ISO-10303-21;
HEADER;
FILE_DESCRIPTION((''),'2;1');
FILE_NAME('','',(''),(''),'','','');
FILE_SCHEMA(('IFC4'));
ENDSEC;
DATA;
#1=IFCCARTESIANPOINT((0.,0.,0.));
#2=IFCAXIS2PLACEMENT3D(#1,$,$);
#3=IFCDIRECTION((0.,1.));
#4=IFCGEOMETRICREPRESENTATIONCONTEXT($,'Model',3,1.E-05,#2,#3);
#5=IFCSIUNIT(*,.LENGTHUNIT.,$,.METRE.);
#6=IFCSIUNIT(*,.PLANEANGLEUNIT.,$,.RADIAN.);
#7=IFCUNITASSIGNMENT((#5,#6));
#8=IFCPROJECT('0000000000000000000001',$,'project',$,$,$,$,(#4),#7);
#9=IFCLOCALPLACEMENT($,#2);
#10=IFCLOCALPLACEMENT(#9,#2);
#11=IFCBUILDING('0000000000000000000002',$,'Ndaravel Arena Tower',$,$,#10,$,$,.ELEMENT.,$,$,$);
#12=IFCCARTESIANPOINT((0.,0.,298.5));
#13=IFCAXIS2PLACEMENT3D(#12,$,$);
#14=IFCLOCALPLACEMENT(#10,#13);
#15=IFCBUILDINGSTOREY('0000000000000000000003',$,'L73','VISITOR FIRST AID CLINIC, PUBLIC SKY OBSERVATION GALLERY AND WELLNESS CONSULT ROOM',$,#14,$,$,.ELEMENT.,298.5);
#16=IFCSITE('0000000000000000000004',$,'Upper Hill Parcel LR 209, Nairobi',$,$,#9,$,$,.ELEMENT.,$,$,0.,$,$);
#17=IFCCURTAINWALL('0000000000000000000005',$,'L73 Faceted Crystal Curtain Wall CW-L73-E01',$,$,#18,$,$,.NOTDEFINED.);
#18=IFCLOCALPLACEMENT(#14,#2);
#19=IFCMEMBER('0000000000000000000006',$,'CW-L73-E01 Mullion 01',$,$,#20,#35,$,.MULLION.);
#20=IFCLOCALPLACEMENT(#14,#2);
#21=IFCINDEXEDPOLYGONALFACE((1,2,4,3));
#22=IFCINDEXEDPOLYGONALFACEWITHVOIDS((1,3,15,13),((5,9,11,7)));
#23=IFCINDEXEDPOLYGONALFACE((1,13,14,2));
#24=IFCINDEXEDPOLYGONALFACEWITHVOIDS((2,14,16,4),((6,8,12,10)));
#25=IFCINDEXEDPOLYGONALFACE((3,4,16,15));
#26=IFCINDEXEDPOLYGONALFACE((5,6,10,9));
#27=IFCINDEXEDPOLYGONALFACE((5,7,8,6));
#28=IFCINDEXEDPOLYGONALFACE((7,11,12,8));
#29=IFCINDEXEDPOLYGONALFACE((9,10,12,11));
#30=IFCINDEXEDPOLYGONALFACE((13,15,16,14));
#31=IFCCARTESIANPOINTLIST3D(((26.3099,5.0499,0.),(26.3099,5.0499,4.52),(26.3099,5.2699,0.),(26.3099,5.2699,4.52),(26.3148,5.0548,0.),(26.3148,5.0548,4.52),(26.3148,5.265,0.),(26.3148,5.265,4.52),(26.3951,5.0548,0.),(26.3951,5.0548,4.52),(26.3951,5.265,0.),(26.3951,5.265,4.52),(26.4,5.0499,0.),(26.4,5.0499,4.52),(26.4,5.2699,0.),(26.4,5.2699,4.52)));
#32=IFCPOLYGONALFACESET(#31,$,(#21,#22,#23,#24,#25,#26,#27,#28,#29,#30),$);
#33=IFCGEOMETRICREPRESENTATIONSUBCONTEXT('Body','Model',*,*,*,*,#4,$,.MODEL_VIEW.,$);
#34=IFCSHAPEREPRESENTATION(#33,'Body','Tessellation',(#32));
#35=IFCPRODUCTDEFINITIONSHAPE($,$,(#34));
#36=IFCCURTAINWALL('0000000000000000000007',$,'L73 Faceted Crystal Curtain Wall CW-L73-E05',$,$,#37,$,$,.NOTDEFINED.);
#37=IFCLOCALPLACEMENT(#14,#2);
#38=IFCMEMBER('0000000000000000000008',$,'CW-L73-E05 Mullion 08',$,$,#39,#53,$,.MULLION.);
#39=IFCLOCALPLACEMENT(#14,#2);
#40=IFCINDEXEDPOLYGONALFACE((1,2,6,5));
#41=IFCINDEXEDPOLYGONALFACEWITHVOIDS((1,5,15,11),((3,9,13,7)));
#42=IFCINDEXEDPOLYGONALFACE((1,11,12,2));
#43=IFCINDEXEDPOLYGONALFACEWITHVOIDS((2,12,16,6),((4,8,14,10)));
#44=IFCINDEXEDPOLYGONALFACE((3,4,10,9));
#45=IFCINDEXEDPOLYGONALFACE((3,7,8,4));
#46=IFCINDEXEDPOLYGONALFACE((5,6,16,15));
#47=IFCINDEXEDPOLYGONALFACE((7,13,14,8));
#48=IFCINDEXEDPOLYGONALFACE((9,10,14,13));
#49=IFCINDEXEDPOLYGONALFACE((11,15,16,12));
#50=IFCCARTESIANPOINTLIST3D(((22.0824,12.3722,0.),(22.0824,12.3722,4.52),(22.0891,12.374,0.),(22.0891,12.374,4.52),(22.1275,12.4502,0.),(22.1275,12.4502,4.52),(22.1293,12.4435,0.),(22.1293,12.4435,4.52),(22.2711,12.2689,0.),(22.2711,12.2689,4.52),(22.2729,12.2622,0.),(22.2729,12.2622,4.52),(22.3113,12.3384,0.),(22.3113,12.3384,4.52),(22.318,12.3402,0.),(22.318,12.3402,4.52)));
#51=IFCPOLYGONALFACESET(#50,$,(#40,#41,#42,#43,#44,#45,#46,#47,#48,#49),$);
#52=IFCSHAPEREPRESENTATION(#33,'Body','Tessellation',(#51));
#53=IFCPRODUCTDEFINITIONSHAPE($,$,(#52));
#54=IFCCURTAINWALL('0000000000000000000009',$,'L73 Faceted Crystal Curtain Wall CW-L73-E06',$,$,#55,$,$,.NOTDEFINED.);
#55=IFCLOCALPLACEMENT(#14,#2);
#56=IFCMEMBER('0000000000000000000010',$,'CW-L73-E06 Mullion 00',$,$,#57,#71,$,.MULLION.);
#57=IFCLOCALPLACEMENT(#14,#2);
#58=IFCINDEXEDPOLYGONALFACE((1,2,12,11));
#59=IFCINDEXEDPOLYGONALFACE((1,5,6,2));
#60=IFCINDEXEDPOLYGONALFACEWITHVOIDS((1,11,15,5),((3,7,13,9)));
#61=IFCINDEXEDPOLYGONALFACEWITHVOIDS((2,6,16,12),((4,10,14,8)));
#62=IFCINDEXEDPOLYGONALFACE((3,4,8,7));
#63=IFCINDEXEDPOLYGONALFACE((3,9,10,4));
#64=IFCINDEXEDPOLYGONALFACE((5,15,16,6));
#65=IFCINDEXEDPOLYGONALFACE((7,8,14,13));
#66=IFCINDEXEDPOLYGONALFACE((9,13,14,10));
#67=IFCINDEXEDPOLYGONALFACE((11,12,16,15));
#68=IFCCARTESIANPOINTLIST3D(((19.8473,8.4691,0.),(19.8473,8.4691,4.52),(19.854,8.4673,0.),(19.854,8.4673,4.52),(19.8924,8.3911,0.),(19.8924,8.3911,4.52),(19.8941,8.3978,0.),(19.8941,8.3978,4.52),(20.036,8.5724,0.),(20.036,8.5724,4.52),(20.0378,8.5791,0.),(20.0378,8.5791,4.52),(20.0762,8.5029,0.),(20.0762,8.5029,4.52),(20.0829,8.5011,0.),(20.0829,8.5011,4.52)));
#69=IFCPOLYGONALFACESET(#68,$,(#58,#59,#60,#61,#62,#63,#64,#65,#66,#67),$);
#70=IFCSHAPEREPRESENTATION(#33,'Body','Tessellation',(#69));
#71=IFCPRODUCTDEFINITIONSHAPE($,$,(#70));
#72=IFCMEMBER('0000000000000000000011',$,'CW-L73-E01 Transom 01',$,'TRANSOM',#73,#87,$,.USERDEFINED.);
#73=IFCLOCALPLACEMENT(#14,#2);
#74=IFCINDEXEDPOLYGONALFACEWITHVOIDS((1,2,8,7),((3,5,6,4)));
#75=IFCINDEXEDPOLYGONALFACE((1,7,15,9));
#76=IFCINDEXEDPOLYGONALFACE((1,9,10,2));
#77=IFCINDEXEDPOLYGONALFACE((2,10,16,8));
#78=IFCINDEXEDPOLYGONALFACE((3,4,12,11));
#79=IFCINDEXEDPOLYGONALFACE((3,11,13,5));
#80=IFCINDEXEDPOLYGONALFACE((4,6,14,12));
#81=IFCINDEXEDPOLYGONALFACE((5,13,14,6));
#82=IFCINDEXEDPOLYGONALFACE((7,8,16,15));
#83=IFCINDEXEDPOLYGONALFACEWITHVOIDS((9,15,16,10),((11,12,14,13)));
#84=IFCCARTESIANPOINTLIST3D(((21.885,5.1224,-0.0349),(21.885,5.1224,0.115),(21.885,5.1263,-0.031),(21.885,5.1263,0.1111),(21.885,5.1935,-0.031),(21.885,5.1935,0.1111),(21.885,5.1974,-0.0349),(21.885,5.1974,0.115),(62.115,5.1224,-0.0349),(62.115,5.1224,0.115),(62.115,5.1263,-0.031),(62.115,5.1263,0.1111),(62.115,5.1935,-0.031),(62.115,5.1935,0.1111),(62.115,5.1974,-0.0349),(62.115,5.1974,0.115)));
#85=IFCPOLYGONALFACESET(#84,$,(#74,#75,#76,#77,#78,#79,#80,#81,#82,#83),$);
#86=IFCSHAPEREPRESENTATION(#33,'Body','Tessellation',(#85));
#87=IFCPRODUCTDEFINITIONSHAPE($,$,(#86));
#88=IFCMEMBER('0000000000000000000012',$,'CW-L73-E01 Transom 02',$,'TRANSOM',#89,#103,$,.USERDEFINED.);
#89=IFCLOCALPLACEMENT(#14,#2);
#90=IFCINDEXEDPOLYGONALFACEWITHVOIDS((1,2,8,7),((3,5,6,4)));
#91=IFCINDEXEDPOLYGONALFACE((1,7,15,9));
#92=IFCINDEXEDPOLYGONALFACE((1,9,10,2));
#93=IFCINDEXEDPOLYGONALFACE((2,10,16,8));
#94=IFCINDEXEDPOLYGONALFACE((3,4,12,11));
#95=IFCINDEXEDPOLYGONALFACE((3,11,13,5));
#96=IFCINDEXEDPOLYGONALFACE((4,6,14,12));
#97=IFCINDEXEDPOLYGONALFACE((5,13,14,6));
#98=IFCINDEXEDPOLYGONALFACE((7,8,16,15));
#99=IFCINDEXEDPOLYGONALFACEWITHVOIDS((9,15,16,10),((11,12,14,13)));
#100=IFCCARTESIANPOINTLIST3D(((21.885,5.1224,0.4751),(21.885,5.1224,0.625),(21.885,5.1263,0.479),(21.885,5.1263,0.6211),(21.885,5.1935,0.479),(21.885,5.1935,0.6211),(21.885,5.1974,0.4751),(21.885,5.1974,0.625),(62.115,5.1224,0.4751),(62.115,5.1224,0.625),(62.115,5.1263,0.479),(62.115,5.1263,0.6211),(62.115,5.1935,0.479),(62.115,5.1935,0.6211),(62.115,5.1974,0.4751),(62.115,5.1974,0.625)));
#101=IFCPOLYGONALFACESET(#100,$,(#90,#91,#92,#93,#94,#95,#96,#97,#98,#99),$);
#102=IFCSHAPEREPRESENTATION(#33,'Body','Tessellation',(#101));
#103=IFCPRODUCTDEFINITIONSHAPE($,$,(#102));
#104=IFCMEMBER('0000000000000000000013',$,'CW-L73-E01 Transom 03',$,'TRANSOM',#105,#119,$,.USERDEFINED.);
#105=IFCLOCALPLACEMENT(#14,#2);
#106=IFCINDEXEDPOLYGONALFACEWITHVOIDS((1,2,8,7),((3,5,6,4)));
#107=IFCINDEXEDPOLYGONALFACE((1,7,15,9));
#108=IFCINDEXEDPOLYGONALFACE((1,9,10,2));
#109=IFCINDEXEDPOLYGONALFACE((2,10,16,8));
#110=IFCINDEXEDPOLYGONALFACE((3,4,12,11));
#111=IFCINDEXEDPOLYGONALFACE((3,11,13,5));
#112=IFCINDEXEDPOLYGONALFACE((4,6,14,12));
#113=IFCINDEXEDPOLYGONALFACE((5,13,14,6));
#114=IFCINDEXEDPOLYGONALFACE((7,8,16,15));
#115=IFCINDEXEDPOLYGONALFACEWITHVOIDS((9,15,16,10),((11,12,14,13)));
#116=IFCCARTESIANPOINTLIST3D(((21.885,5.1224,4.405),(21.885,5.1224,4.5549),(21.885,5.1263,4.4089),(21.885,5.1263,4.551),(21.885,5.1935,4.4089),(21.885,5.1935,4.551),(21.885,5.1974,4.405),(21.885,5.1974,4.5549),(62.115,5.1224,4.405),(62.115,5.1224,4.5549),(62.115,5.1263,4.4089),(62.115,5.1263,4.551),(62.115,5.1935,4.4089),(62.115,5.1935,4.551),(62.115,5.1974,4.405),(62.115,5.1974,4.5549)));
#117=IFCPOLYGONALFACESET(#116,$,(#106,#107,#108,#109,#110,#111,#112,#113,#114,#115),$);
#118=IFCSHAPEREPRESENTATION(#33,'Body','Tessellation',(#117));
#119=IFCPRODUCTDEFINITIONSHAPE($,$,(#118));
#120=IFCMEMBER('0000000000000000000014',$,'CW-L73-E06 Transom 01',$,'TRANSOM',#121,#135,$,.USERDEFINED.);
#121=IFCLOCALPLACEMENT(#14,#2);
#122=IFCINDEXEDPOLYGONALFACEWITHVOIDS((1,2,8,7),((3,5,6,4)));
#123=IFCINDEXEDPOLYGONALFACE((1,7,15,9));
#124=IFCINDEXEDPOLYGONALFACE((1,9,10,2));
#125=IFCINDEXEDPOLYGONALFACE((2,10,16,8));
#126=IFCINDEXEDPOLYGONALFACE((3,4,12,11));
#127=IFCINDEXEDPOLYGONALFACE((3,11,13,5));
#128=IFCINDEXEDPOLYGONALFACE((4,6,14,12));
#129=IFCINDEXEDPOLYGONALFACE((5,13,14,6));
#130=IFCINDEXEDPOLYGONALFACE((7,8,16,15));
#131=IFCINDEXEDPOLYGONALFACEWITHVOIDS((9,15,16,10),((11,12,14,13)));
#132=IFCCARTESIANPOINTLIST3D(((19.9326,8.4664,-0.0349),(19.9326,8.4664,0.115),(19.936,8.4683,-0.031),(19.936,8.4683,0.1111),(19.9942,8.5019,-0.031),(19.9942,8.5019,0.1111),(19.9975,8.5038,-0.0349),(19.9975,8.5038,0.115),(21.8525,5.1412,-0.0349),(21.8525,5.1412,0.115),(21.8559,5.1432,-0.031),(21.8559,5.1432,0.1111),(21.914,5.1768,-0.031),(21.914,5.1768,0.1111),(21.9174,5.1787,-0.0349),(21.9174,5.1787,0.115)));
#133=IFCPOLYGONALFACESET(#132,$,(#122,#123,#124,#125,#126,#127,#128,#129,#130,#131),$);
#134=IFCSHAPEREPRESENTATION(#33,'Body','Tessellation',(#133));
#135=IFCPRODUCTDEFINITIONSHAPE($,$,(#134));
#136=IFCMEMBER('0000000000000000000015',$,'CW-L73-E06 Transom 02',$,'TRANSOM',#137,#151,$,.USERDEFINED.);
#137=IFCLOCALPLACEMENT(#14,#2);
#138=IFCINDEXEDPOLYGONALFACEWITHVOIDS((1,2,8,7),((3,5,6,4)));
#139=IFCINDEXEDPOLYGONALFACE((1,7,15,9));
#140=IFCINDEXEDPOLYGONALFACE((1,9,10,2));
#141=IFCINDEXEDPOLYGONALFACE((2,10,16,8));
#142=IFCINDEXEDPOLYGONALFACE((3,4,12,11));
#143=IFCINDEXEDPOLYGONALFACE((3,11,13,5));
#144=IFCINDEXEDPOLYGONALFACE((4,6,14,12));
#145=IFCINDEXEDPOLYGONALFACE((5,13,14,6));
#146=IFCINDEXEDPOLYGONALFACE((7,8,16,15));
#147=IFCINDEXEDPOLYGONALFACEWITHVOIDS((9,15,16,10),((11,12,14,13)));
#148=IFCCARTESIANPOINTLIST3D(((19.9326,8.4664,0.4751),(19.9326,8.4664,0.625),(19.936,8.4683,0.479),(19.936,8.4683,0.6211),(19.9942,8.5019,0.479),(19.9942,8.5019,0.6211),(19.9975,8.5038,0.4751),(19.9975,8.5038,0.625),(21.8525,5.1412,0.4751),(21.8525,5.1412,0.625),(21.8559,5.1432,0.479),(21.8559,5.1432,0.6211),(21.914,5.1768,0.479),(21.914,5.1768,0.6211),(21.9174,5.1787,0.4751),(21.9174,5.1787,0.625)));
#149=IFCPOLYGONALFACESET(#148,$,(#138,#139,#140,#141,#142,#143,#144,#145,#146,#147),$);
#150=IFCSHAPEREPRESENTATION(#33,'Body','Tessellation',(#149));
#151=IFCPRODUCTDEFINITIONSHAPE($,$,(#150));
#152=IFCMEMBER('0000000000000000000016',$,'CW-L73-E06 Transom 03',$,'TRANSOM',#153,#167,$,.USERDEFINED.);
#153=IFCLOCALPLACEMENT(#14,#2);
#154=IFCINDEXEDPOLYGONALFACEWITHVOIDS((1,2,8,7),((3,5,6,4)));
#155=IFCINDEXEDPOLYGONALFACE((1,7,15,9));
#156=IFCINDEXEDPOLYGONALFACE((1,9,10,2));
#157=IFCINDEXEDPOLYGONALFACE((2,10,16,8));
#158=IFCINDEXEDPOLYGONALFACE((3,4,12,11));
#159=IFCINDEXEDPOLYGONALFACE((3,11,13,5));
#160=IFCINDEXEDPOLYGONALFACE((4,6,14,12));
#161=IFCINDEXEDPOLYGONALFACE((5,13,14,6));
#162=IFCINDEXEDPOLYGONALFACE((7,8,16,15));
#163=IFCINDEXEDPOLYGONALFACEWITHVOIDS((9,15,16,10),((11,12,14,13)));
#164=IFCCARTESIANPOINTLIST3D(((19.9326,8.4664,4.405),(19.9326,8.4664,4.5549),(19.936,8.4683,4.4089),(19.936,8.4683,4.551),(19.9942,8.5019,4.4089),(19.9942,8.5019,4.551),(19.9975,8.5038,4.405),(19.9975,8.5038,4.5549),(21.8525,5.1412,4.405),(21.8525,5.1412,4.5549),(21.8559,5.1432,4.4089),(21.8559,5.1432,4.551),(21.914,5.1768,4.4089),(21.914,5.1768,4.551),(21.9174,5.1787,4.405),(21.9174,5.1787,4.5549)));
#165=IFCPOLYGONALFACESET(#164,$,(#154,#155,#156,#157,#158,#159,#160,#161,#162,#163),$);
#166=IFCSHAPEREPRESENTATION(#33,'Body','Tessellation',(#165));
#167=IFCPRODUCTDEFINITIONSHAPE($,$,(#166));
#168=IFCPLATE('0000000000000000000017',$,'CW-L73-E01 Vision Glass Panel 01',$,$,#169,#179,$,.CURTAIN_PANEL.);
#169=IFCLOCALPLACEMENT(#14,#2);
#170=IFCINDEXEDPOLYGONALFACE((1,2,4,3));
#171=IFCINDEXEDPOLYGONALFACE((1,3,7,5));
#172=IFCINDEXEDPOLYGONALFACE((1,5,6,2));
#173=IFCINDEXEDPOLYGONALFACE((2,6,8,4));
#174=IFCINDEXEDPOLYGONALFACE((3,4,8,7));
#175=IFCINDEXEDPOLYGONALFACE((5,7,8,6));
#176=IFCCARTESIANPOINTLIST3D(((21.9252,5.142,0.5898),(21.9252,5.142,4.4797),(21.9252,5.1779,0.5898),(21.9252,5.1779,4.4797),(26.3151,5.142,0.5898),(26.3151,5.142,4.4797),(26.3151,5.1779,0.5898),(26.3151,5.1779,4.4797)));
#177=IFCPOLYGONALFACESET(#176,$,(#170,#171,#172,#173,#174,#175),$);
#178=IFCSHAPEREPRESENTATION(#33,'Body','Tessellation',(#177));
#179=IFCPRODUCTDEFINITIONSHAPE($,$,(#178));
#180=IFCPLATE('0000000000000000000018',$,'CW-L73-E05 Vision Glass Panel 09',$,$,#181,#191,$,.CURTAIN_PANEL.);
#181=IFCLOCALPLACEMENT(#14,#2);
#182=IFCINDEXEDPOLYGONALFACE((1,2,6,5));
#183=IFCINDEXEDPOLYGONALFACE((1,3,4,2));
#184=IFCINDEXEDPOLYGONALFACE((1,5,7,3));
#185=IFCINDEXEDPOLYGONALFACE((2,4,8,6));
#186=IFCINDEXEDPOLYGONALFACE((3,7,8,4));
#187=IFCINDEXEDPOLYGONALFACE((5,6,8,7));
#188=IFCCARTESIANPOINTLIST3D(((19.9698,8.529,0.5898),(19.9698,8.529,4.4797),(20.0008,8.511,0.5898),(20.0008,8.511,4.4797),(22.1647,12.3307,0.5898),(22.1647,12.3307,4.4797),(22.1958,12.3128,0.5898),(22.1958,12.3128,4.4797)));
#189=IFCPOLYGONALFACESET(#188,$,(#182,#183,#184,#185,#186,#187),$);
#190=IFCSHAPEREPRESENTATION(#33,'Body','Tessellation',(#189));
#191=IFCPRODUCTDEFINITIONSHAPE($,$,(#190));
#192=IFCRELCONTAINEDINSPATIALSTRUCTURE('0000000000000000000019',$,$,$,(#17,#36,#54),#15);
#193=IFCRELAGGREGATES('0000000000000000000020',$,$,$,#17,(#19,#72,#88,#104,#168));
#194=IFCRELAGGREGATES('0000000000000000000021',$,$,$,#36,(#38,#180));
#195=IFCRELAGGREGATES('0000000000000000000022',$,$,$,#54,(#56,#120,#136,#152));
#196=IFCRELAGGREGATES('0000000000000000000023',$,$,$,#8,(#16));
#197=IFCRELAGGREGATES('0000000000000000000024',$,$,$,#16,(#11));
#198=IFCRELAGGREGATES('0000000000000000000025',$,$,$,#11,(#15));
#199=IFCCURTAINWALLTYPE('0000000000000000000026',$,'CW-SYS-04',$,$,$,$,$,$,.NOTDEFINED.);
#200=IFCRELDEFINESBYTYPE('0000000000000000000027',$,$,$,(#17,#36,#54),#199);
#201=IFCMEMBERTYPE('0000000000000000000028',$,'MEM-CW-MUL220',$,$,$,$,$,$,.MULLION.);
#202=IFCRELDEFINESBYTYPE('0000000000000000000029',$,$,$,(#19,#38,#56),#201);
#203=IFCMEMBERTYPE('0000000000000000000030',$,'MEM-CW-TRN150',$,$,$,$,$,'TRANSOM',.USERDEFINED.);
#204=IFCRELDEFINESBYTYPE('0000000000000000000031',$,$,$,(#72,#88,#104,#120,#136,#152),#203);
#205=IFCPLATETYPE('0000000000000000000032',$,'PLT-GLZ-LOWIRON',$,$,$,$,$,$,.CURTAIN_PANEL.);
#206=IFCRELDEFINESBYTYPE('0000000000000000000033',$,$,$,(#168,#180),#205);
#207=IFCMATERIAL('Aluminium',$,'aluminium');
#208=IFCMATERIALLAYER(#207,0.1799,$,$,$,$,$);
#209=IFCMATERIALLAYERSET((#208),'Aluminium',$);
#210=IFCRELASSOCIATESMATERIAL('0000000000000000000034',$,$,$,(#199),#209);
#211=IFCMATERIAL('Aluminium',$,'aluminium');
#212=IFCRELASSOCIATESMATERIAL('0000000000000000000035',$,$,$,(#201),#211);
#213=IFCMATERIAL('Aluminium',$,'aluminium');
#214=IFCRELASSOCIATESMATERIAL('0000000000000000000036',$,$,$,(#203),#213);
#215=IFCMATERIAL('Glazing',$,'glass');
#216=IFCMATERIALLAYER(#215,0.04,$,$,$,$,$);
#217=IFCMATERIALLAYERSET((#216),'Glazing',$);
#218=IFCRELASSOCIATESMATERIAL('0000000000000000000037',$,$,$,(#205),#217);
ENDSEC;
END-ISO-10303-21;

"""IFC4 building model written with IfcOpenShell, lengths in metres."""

from ifc_helpers import new_model, si_unit, direction, frame, origin, origin_2d, place, context, subcontext, project, spatial, rectangle, hollow_rectangle, extrude, material, layer, layer_set, material_profile, profile_set, type_object, element, aggregate, save


model = new_model("IFC4")

# Units and contexts
model_context = context("Model", 3, precision=1e-05, world=origin(), true_north=direction((0.0, 1.0)))
body_context = subcontext(model_context, "Body", "Model", "MODEL_VIEW")
ifc_project = project(units=[si_unit("LENGTHUNIT", "METRE"), si_unit("PLANEANGLEUNIT", "RADIAN")], contexts=[model_context])

# Site, building, storey
site_placement = place(None, origin())
site = spatial("IfcSite", under=ifc_project, at=site_placement, Name="Upper Hill Parcel LR 209, Nairobi", CompositionType="ELEMENT", RefElevation=0.0)
building_placement = place(site_placement, origin())
building = spatial("IfcBuilding", under=site, at=building_placement, Name="Ndaravel Arena Tower", CompositionType="ELEMENT")
storey_placement = place(building_placement, frame((0.0, 0.0, 298.5)))
storey = spatial("IfcBuildingStorey", under=building, at=storey_placement, Name="L73", Description="VISITOR FIRST AID CLINIC, PUBLIC SKY OBSERVATION GALLERY AND WELLNESS CONSULT ROOM", CompositionType="ELEMENT", Elevation=298.5)

# Curtain wall, member
ifc_material_1 = material(Name="Aluminium", Category="aluminium")
ifc_layer_1 = layer(ifc_material_1, 0.1799)
ifc_layer_set_1 = layer_set([ifc_layer_1], Name="Aluminium")
curtain_wall_type = type_object("IfcCurtainWallType", Name="CW-SYS-04", PredefinedType="NOTDEFINED", material=ifc_layer_set_1)
curtain_wall_1_placement = place(storey_placement, origin())
curtain_wall_1 = element("IfcCurtainWall", 1, at=curtain_wall_1_placement, inside=storey, type_object=curtain_wall_type, Name="L73 Faceted Crystal Curtain Wall CW-L73-E01", PredefinedType="NOTDEFINED")
ifc_material_2 = material(Name="Aluminium", Category="aluminium")
ifc_material_profile_1 = material_profile(ifc_material_2, hollow_rectangle(XDim=0.0901, YDim=0.22, WallThickness=0.0049, at=origin_2d()), Name="CW MULLION 90x220x5")
ifc_profile_set_1 = profile_set([ifc_material_profile_1], Name="Aluminium")
member_type_1 = type_object("IfcMemberType", Name="MEM-CW-MUL220", PredefinedType="MULLION", material=ifc_profile_set_1)
member_1_placement = place(storey_placement, frame((26.355, 5.1599, 0.0), z_axis=(0.0, 0.0, 1.0), x_axis=(1.0, 0.0, 0.0)))
member_1 = element("IfcMember", 2, at=member_1_placement, type_object=member_type_1, Name="CW-L73-E01 Mullion 01", PredefinedType="MULLION", context=body_context, shape_type="SweptSolid", body=[
    extrude(hollow_rectangle(XDim=0.0901, YDim=0.22, WallThickness=0.0049, at=origin_2d()), origin(), (0.0, 0.0, 1.0), 4.52),
])

# Curtain walls, members
curtain_wall_2_placement = place(storey_placement, origin())
curtain_wall_2 = element("IfcCurtainWall", 3, at=curtain_wall_2_placement, inside=storey, type_object=curtain_wall_type, Name="L73 Faceted Crystal Curtain Wall CW-L73-E05", PredefinedType="NOTDEFINED")
member_2_placement = place(storey_placement, frame((22.2002, 12.3562, 0.0), z_axis=(0.0, 0.0, 1.0), x_axis=(-0.5, -0.866025, 0.0)))
member_2 = element("IfcMember", 4, at=member_2_placement, type_object=member_type_1, Name="CW-L73-E05 Mullion 08", PredefinedType="MULLION", context=body_context, shape_type="SweptSolid", body=[
    extrude(hollow_rectangle(XDim=0.0901, YDim=0.22, WallThickness=0.0049, at=origin_2d()), origin(), (0.0, 0.0, 1.0), 4.52),
])
curtain_wall_3_placement = place(storey_placement, origin())
curtain_wall_3 = element("IfcCurtainWall", 5, at=curtain_wall_3_placement, inside=storey, type_object=curtain_wall_type, Name="L73 Faceted Crystal Curtain Wall CW-L73-E06", PredefinedType="NOTDEFINED")
member_3_placement = place(storey_placement, frame((19.9651, 8.4851, 0.0), z_axis=(0.0, 0.0, 1.0), x_axis=(0.5, -0.866025, 0.0)))
member_3 = element("IfcMember", 6, at=member_3_placement, type_object=member_type_1, Name="CW-L73-E06 Mullion 00", PredefinedType="MULLION", context=body_context, shape_type="SweptSolid", body=[
    extrude(hollow_rectangle(XDim=0.0901, YDim=0.22, WallThickness=0.0049, at=origin_2d()), origin(), (0.0, 0.0, 1.0), 4.52),
])

# Members
ifc_material_3 = material(Name="Aluminium", Category="aluminium")
ifc_material_profile_2 = material_profile(ifc_material_3, hollow_rectangle(XDim=0.075, YDim=0.1499, WallThickness=0.0039, at=origin_2d()), Name="CW TRANSOM 75x150x4")
ifc_profile_set_2 = profile_set([ifc_material_profile_2], Name="Aluminium")
member_type_2 = type_object("IfcMemberType", Name="MEM-CW-TRN150", ElementType="TRANSOM", PredefinedType="USERDEFINED", material=ifc_profile_set_2)
member_4_placement = place(storey_placement, frame((21.885, 5.1599, 0.04), z_axis=(1.0, 0.0, 0.0), x_axis=(0.0, 1.0, 0.0)))
member_4 = element("IfcMember", 7, at=member_4_placement, type_object=member_type_2, Name="CW-L73-E01 Transom 01", ObjectType="TRANSOM", PredefinedType="USERDEFINED", context=body_context, shape_type="SweptSolid", body=[
    extrude(hollow_rectangle(XDim=0.075, YDim=0.1499, WallThickness=0.0039, at=origin_2d()), origin(), (0.0, 0.0, 1.0), 40.23),
])
member_5_placement = place(storey_placement, frame((21.885, 5.1599, 0.55), z_axis=(1.0, 0.0, 0.0), x_axis=(0.0, 1.0, 0.0)))
member_5 = element("IfcMember", 8, at=member_5_placement, type_object=member_type_2, Name="CW-L73-E01 Transom 02", ObjectType="TRANSOM", PredefinedType="USERDEFINED", context=body_context, shape_type="SweptSolid", body=[
    extrude(hollow_rectangle(XDim=0.075, YDim=0.1499, WallThickness=0.0039, at=origin_2d()), origin(), (0.0, 0.0, 1.0), 40.23),
])
member_6_placement = place(storey_placement, frame((21.885, 5.1599, 4.48), z_axis=(1.0, 0.0, 0.0), x_axis=(0.0, 1.0, 0.0)))
member_6 = element("IfcMember", 9, at=member_6_placement, type_object=member_type_2, Name="CW-L73-E01 Transom 03", ObjectType="TRANSOM", PredefinedType="USERDEFINED", context=body_context, shape_type="SweptSolid", body=[
    extrude(hollow_rectangle(XDim=0.075, YDim=0.1499, WallThickness=0.0039, at=origin_2d()), origin(), (0.0, 0.0, 1.0), 40.23),
])
member_7_placement = place(storey_placement, frame((19.9651, 8.4851, 0.04), z_axis=(0.500023, -0.866012, 0.0), x_axis=(0.866012, 0.500023, 0.0)))
member_7 = element("IfcMember", 10, at=member_7_placement, type_object=member_type_2, Name="CW-L73-E06 Transom 01", ObjectType="TRANSOM", PredefinedType="USERDEFINED", context=body_context, shape_type="SweptSolid", body=[
    extrude(hollow_rectangle(XDim=0.075, YDim=0.1499, WallThickness=0.0039, at=origin_2d()), origin(), (0.0, 0.0, 1.0), 3.8396),
])
member_8_placement = place(storey_placement, frame((19.9651, 8.4851, 0.55), z_axis=(0.500023, -0.866012, 0.0), x_axis=(0.866012, 0.500023, 0.0)))
member_8 = element("IfcMember", 11, at=member_8_placement, type_object=member_type_2, Name="CW-L73-E06 Transom 02", ObjectType="TRANSOM", PredefinedType="USERDEFINED", context=body_context, shape_type="SweptSolid", body=[
    extrude(hollow_rectangle(XDim=0.075, YDim=0.1499, WallThickness=0.0039, at=origin_2d()), origin(), (0.0, 0.0, 1.0), 3.8396),
])
member_9_placement = place(storey_placement, frame((19.9651, 8.4851, 4.48), z_axis=(0.500023, -0.866012, 0.0), x_axis=(0.866012, 0.500023, 0.0)))
member_9 = element("IfcMember", 12, at=member_9_placement, type_object=member_type_2, Name="CW-L73-E06 Transom 03", ObjectType="TRANSOM", PredefinedType="USERDEFINED", context=body_context, shape_type="SweptSolid", body=[
    extrude(hollow_rectangle(XDim=0.075, YDim=0.1499, WallThickness=0.0039, at=origin_2d()), origin(), (0.0, 0.0, 1.0), 3.8396),
])

# Plates
ifc_material_4 = material(Name="Glazing", Category="glass")
ifc_layer_2 = layer(ifc_material_4, 0.04)
ifc_layer_set_2 = layer_set([ifc_layer_2], Name="Glazing")
plate_type_1 = type_object("IfcPlateType", Name="PLT-GLZ-LOWIRON", PredefinedType="CURTAIN_PANEL", material=ifc_layer_set_2)
plate_1_placement = place(storey_placement, frame((24.1201, 5.1599, 0.5898), z_axis=(0.0, 0.0, 1.0), x_axis=(1.0, 0.0, 0.0)))
plate_1 = element("IfcPlate", 13, at=plate_1_placement, type_object=plate_type_1, Name="CW-L73-E01 Vision Glass Panel 01", PredefinedType="CURTAIN_PANEL", context=body_context, shape_type="SweptSolid", body=[
    extrude(rectangle(XDim=4.3899, YDim=0.0359, at=origin_2d()), origin(), (0.0, 0.0, 1.0), 3.8899),
])
plate_2_placement = place(storey_placement, frame((21.0828, 10.4209, 0.5898), z_axis=(0.0, 0.0, 1.0), x_axis=(-0.5, -0.866025, 0.0)))
plate_2 = element("IfcPlate", 14, at=plate_2_placement, type_object=plate_type_1, Name="CW-L73-E05 Vision Glass Panel 09", PredefinedType="CURTAIN_PANEL", context=body_context, shape_type="SweptSolid", body=[
    extrude(rectangle(XDim=4.3899, YDim=0.0359, at=origin_2d()), origin(), (0.0, 0.0, 1.0), 3.8899),
])
aggregate(curtain_wall_1, [member_1, member_4, member_5, member_6, plate_1])
aggregate(curtain_wall_2, [member_2, plate_2])
aggregate(curtain_wall_3, [member_3, member_7, member_8, member_9])

save(model, "model.ifc")
